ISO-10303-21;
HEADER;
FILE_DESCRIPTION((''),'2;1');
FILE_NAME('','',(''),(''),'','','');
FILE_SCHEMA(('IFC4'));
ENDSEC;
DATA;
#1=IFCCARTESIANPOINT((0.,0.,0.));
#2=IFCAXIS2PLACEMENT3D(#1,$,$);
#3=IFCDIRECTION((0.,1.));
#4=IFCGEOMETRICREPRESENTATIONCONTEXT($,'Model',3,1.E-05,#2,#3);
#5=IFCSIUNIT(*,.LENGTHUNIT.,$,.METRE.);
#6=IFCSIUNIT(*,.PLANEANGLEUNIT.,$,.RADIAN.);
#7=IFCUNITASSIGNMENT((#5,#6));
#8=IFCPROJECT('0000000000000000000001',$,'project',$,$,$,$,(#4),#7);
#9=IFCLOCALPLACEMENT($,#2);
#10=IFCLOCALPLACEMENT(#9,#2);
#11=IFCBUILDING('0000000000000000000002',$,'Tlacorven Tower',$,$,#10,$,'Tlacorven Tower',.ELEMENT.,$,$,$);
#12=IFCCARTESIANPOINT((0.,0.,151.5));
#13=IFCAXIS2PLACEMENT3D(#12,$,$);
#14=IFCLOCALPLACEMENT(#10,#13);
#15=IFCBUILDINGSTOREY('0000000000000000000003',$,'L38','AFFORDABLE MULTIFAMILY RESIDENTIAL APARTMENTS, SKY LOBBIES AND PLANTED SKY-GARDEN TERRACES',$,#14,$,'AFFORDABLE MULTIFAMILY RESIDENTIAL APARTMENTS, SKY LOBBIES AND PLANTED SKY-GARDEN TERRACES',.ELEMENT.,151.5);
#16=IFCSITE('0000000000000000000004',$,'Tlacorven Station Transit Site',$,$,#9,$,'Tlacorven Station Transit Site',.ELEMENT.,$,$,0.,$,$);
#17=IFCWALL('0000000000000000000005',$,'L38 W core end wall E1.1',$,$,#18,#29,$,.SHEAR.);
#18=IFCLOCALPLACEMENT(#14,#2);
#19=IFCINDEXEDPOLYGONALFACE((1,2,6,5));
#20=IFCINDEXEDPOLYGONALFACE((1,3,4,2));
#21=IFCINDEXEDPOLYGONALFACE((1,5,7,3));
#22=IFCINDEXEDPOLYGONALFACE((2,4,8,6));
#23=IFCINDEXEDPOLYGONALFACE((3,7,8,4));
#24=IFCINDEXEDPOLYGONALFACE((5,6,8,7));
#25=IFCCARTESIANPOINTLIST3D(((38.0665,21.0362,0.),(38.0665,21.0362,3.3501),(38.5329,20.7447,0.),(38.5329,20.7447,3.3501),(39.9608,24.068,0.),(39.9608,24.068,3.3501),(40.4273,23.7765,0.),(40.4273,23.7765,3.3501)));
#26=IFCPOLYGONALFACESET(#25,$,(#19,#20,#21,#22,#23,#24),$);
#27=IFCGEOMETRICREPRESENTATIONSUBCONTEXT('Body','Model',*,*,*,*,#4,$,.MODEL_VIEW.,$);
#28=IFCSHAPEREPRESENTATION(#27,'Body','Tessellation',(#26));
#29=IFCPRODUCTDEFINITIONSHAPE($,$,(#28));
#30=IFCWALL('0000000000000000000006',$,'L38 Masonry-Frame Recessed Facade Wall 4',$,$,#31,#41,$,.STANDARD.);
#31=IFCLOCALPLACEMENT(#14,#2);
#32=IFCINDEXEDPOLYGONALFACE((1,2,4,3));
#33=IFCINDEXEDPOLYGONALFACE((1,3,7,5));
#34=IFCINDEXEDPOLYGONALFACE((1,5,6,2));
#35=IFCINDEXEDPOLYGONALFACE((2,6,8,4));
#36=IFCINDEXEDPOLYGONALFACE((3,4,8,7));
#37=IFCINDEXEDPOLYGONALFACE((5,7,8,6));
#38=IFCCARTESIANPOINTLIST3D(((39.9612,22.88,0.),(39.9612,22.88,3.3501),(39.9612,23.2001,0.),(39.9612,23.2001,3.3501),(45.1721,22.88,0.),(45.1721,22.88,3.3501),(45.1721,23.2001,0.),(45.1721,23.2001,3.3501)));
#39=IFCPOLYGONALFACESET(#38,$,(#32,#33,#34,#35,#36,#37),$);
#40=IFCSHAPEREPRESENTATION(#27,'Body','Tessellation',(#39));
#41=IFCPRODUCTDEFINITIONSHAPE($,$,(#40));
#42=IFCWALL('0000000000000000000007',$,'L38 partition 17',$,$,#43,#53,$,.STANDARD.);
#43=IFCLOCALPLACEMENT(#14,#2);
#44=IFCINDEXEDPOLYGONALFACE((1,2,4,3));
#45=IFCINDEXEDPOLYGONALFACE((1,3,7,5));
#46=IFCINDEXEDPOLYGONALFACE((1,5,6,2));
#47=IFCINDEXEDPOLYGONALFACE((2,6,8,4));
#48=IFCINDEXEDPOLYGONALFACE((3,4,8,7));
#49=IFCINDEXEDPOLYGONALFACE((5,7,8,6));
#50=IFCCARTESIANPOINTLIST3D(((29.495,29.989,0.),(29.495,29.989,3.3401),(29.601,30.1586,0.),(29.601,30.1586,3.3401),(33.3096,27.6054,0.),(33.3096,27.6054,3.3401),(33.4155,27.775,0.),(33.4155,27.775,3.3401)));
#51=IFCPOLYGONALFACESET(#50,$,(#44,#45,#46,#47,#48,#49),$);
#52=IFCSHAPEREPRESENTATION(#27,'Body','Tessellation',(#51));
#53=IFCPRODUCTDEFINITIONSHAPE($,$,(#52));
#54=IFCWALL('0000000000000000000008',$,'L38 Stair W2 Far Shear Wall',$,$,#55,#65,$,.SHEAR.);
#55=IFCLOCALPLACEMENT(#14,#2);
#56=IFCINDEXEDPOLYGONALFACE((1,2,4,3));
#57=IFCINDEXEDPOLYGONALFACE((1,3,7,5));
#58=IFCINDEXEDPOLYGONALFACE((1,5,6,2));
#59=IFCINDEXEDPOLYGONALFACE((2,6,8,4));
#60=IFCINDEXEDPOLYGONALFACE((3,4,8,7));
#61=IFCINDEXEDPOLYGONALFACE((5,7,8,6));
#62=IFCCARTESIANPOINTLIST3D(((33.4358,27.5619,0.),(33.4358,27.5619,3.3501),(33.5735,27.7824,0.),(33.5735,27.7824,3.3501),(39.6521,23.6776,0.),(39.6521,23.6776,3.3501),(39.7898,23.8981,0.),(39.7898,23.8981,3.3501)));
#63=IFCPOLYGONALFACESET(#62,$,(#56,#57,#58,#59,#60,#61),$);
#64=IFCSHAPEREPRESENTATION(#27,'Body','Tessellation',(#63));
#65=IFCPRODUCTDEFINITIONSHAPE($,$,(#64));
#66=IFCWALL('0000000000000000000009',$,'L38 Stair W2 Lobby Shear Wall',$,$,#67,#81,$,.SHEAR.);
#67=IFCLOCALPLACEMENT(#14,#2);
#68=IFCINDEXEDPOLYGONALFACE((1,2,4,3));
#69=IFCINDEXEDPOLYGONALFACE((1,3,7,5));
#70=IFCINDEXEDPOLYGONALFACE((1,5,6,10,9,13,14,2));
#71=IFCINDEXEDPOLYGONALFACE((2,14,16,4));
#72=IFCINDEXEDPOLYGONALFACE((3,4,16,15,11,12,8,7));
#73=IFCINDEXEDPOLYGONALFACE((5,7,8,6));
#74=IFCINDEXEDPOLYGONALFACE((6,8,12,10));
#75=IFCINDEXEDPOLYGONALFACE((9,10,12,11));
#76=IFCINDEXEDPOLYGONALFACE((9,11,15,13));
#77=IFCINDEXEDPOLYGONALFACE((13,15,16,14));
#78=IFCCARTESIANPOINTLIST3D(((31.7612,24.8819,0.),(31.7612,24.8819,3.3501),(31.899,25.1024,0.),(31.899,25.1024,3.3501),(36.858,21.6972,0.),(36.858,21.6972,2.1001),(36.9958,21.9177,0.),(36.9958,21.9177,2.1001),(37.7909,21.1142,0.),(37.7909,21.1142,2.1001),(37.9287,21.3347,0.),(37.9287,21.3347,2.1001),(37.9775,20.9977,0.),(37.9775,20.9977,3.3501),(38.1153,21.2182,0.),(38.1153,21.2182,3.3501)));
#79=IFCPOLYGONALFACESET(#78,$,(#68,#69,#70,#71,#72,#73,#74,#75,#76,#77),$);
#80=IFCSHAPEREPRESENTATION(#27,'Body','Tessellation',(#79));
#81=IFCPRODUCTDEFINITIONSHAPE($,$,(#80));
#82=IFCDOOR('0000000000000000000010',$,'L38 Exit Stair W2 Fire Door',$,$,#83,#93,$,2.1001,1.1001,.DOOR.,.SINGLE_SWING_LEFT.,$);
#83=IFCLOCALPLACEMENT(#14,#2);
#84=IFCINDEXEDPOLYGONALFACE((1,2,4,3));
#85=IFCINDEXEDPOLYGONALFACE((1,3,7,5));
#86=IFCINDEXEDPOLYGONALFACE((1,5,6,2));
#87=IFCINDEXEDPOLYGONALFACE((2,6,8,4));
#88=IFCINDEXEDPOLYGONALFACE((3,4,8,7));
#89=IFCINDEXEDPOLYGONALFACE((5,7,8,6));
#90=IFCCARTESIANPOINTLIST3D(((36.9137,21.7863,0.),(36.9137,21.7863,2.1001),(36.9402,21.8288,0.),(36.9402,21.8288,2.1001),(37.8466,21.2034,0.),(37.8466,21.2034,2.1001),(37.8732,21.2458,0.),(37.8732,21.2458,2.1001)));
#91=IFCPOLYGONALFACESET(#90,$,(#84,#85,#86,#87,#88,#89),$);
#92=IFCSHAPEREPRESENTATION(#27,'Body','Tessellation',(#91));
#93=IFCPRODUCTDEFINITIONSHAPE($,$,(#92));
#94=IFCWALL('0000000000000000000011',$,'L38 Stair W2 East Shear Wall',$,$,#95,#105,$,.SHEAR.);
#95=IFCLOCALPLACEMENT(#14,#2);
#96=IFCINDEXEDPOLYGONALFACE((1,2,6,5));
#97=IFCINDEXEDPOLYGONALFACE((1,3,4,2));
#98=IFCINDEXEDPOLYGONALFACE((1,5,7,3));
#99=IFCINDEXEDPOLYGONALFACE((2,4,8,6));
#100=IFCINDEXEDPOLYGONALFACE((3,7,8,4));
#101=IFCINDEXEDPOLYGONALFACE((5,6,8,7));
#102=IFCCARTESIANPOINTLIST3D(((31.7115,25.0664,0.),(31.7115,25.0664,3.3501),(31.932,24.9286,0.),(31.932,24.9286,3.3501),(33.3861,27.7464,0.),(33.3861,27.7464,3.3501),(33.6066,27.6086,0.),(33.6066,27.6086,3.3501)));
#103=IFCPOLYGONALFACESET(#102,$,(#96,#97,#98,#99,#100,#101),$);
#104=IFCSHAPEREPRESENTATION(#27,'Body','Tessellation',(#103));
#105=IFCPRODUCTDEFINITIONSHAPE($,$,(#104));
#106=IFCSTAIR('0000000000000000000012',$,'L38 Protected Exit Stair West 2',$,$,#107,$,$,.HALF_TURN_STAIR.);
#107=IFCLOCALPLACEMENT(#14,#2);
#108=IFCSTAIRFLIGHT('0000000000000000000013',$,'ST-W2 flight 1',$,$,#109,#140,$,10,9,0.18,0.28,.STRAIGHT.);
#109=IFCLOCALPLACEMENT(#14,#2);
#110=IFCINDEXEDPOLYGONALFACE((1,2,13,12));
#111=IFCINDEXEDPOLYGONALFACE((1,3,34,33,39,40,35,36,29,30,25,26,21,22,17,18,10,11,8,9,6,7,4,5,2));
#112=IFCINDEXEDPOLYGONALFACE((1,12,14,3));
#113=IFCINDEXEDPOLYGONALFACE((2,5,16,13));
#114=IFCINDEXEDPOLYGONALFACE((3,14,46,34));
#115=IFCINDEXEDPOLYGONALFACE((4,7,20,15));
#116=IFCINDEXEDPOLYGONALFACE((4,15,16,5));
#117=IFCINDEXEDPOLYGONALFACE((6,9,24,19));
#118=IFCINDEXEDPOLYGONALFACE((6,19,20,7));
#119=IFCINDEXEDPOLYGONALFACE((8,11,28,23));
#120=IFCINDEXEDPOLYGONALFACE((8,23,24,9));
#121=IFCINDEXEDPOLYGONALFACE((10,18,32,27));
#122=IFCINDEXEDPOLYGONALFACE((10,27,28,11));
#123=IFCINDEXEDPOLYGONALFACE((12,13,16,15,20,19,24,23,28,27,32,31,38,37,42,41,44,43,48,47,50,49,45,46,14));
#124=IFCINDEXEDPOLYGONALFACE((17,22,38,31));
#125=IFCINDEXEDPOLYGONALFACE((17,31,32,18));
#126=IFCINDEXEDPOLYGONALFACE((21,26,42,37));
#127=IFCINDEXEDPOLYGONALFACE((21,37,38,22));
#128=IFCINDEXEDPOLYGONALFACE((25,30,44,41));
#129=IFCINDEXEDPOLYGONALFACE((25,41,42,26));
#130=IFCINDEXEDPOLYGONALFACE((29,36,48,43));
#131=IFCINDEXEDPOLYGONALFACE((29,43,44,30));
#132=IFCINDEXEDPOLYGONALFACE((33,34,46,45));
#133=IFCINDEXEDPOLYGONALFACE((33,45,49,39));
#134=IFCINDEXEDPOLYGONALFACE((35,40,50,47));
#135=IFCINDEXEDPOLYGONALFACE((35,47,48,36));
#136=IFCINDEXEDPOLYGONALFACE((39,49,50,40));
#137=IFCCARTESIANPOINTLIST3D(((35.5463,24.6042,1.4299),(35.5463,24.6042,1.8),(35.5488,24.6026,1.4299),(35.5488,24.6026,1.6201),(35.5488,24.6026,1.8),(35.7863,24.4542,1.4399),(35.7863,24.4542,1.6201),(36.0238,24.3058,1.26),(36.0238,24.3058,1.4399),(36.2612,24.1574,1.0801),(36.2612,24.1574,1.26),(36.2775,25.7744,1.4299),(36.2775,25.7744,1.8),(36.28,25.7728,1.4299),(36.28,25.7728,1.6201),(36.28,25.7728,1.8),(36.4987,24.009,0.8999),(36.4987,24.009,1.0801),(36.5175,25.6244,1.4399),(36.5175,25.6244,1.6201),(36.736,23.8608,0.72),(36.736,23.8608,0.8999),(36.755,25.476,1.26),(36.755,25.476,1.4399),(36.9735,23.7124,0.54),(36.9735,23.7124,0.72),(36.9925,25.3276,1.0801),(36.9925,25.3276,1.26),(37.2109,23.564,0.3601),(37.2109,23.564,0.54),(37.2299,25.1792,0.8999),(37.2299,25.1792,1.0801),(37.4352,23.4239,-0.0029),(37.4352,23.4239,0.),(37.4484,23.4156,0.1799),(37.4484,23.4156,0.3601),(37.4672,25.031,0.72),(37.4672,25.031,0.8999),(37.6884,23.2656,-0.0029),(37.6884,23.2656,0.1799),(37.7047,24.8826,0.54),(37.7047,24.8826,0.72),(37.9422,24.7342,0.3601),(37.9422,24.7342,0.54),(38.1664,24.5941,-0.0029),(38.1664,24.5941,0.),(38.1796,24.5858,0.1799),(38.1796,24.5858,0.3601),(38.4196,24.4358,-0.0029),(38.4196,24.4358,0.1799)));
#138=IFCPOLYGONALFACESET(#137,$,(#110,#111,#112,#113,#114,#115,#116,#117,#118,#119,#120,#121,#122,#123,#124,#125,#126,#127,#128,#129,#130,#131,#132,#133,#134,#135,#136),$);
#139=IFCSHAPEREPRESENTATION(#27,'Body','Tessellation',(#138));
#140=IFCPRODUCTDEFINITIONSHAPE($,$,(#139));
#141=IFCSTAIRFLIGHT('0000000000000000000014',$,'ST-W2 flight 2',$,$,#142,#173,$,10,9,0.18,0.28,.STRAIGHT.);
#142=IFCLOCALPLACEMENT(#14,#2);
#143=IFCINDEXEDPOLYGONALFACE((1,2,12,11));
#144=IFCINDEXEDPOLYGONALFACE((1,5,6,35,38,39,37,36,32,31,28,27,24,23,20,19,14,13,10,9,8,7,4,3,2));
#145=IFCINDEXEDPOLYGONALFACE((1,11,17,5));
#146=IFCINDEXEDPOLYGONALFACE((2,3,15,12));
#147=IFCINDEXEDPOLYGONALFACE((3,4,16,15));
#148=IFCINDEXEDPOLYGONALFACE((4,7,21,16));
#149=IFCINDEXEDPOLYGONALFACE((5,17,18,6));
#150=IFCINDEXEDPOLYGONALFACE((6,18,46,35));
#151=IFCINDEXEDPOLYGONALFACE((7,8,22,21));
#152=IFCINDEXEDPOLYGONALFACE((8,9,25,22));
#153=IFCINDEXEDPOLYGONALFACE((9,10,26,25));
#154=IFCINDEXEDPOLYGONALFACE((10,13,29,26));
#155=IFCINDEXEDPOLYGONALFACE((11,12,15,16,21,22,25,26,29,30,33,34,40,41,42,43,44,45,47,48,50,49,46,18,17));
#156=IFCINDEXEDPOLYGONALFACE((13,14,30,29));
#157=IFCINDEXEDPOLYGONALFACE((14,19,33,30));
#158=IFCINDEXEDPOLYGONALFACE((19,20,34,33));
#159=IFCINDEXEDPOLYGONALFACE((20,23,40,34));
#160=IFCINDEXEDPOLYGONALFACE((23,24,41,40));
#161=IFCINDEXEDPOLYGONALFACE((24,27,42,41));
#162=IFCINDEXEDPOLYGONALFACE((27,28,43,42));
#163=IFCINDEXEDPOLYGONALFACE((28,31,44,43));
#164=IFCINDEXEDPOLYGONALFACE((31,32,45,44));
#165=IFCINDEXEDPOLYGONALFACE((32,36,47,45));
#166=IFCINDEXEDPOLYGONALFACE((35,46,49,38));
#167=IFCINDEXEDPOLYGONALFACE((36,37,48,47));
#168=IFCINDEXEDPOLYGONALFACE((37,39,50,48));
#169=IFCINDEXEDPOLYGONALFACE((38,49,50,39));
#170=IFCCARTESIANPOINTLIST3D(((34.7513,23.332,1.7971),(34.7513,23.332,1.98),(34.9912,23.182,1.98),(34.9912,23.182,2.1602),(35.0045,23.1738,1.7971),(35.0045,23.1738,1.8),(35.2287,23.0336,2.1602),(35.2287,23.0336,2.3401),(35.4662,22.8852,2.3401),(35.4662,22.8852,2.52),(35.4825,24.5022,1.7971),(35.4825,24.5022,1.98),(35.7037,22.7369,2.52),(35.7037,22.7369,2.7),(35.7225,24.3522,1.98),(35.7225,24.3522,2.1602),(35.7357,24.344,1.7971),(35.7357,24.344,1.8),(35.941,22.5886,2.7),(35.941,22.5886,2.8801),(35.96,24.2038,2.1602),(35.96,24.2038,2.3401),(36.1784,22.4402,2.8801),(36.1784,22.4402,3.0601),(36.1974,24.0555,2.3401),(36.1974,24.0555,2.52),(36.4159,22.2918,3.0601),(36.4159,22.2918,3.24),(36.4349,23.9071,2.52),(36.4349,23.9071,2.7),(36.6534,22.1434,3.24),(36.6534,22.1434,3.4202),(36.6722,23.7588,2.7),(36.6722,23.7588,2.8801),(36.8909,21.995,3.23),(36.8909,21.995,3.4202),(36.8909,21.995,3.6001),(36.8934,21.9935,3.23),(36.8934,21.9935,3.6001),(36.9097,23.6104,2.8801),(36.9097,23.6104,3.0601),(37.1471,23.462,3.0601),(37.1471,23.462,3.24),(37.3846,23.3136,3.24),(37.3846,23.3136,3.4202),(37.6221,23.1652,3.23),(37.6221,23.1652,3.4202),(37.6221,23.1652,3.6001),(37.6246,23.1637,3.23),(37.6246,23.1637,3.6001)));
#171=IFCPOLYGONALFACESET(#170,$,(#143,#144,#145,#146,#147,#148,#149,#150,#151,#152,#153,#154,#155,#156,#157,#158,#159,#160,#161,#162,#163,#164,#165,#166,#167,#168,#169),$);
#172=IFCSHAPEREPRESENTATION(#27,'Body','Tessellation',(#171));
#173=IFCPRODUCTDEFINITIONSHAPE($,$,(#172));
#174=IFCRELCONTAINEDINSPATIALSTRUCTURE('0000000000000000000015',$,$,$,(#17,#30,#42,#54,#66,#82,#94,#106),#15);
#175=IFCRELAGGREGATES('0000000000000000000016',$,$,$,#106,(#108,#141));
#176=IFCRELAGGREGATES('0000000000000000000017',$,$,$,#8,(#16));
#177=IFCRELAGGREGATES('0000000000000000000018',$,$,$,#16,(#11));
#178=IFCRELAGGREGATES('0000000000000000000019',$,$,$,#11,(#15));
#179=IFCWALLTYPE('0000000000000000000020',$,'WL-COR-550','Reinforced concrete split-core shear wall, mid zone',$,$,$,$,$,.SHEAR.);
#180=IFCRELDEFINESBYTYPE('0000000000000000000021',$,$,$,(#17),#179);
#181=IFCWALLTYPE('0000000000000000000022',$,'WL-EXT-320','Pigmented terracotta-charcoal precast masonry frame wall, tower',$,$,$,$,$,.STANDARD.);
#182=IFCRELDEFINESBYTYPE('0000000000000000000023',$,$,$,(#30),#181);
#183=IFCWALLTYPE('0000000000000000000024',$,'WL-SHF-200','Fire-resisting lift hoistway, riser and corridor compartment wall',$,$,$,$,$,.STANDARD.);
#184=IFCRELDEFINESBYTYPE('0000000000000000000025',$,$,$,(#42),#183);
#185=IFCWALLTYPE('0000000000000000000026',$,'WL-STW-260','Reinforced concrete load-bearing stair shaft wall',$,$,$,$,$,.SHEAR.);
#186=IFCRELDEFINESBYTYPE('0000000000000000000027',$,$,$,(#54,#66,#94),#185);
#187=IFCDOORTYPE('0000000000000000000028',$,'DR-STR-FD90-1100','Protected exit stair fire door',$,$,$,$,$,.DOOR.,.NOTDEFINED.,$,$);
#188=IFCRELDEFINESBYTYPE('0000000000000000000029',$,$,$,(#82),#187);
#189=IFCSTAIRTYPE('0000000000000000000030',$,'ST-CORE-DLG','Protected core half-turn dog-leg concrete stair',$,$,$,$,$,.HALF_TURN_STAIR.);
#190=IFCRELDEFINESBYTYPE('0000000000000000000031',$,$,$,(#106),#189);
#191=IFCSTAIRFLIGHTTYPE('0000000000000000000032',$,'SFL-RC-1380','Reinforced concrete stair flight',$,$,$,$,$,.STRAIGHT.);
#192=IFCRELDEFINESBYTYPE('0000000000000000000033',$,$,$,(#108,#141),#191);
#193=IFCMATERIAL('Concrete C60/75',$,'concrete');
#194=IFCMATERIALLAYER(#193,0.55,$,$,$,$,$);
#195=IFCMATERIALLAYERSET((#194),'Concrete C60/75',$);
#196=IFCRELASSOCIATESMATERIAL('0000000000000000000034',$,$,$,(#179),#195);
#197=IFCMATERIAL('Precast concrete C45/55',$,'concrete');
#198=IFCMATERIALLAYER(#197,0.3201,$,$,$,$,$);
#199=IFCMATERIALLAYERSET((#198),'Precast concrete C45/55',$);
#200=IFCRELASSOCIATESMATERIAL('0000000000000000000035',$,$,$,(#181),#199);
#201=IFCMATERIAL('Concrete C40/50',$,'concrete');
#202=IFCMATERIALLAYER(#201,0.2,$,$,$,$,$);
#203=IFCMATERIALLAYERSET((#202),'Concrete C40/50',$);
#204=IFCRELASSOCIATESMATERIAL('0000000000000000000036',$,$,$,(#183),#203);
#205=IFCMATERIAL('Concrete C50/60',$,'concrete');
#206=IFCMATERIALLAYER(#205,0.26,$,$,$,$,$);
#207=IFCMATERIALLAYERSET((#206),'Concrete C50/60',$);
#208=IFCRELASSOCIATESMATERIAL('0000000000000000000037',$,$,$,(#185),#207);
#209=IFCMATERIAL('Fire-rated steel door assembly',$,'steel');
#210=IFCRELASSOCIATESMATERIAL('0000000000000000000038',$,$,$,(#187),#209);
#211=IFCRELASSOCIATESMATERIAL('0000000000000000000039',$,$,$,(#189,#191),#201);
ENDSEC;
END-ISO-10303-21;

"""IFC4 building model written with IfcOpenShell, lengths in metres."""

from ifc_helpers import new_model, si_unit, direction, frame, frame_2d, origin, place, context, subcontext, project, spatial, polyline, rectangle, outline, extrude, source, transform, mapped, material, layer, layer_set, type_object, element, fill, aggregate, save


model = new_model("IFC4")

# Units and contexts
model_context = context("Model", 3, precision=1e-05, world=origin(), true_north=direction((0.0, 1.0)))
body_context = subcontext(model_context, "Body", "Model", "MODEL_VIEW")
ifc_project = project(units=[si_unit("LENGTHUNIT", "METRE"), si_unit("PLANEANGLEUNIT", "RADIAN")], contexts=[model_context])

# Site, building, storey
site_placement = place(None, origin())
site = spatial("IfcSite", under=ifc_project, at=site_placement, Name="Tlacorven Station Transit Site", LongName="Tlacorven Station Transit Site", CompositionType="ELEMENT", RefElevation=0.0)
building_placement = place(site_placement, origin())
building = spatial("IfcBuilding", under=site, at=building_placement, Name="Tlacorven Tower", LongName="Tlacorven Tower", CompositionType="ELEMENT")
storey_placement = place(building_placement, frame((0.0, 0.0, 151.5)))
storey = spatial("IfcBuildingStorey", under=building, at=storey_placement, Name="L38", Description="AFFORDABLE MULTIFAMILY RESIDENTIAL APARTMENTS, SKY LOBBIES AND PLANTED SKY-GARDEN TERRACES", LongName="AFFORDABLE MULTIFAMILY RESIDENTIAL APARTMENTS, SKY LOBBIES AND PLANTED SKY-GARDEN TERRACES", CompositionType="ELEMENT", Elevation=151.5)

# Shared definitions
ifc_material_1 = material(Name="Concrete C60/75", Category="concrete")

# Walls
ifc_layer_1 = layer(ifc_material_1, 0.55)
ifc_layer_set_1 = layer_set([ifc_layer_1], Name="Concrete C60/75")
wall_type_1 = type_object("IfcWallType", Name="WL-COR-550", Description="Reinforced concrete split-core shear wall, mid zone", PredefinedType="SHEAR", material=ifc_layer_set_1)
wall_1_placement = place(storey_placement, frame((40.1941, 23.9224, 0.0), z_axis=(0.0, 0.0, 1.0), x_axis=(-0.529888, -0.848067, 0.0)))
element("IfcWall", 1, at=wall_1_placement, inside=storey, type_object=wall_type_1, Name="L38 W core end wall E1.1", PredefinedType="SHEAR", context=body_context, shape_type="SweptSolid", body=[
    extrude(rectangle(XDim=3.575, YDim=0.55, at=frame_2d((1.7876, 0.0))), origin(), (0.0, 0.0, 1.0), 3.3501),
])
ifc_material_2 = material(Name="Precast concrete C45/55", Category="concrete")
ifc_layer_2 = layer(ifc_material_2, 0.3201)
ifc_layer_set_2 = layer_set([ifc_layer_2], Name="Precast concrete C45/55")
wall_type_2 = type_object("IfcWallType", Name="WL-EXT-320", Description="Pigmented terracotta-charcoal precast masonry frame wall, tower", PredefinedType="STANDARD", material=ifc_layer_set_2)
wall_2_placement = place(storey_placement, frame((39.9612, 23.04, 0.0), z_axis=(0.0, 0.0, 1.0), x_axis=(1.0, 0.0, 0.0)))
element("IfcWall", 2, at=wall_2_placement, inside=storey, type_object=wall_type_2, Name="L38 Masonry-Frame Recessed Facade Wall 4", PredefinedType="STANDARD", context=body_context, shape_type="SweptSolid", body=[
    extrude(rectangle(XDim=5.2109, YDim=0.3201, at=frame_2d((2.6055, 0.0))), origin(), (0.0, 0.0, 1.0), 3.3501),
])
ifc_material_3 = material(Name="Concrete C40/50", Category="concrete")
ifc_layer_3 = layer(ifc_material_3, 0.2)
ifc_layer_set_3 = layer_set([ifc_layer_3], Name="Concrete C40/50")
wall_type_3 = type_object("IfcWallType", Name="WL-SHF-200", Description="Fire-resisting lift hoistway, riser and corridor compartment wall", PredefinedType="STANDARD", material=ifc_layer_set_3)
wall_3_placement = place(storey_placement, frame((33.3625, 27.6902, 0.0), z_axis=(0.0, 0.0, 1.0), x_axis=(-0.848047, 0.529921, 0.0)))
element("IfcWall", 3, at=wall_3_placement, inside=storey, type_object=wall_type_3, Name="L38 partition 17", PredefinedType="STANDARD", context=body_context, shape_type="SweptSolid", body=[
    extrude(rectangle(XDim=4.498, YDim=0.2, at=frame_2d((2.249, 0.0))), origin(), (0.0, 0.0, 1.0), 3.3401),
])

# Shared definitions
ifc_material_4 = material(Name="Fire-rated steel door assembly", Category="steel")

# Wall
ifc_material_5 = material(Name="Concrete C50/60", Category="concrete")
ifc_layer_4 = layer(ifc_material_5, 0.26)
ifc_layer_set_4 = layer_set([ifc_layer_4], Name="Concrete C50/60")
wall_type_4 = type_object("IfcWallType", Name="WL-STW-260", Description="Reinforced concrete load-bearing stair shaft wall", PredefinedType="SHEAR", material=ifc_layer_set_4)
wall_4_placement = place(storey_placement, frame((39.7209, 23.7878, 0.0), z_axis=(0.0, 0.0, 1.0), x_axis=(-0.848054, 0.529909, 0.0)))
element("IfcWall", 4, at=wall_4_placement, inside=storey, type_object=wall_type_4, Name="L38 Stair W2 Far Shear Wall", PredefinedType="SHEAR", context=body_context, shape_type="SweptSolid", body=[
    extrude(rectangle(XDim=7.3301, YDim=0.26, at=frame_2d((3.665, 0.0))), origin(), (0.0, 0.0, 1.0), 3.3501),
])

# Wall, opening, door
wall_5_placement = place(storey_placement, frame((38.0464, 21.1079, 0.0), z_axis=(0.0, 0.0, 1.0), x_axis=(-0.848054, 0.529909, 0.0)))
wall_5 = element("IfcWall", 5, at=wall_5_placement, inside=storey, type_object=wall_type_4, Name="L38 Stair W2 Lobby Shear Wall", PredefinedType="SHEAR", context=body_context, shape_type="SweptSolid", body=[
    extrude(rectangle(XDim=7.3301, YDim=0.26, at=frame_2d((3.665, 0.0))), origin(), (0.0, 0.0, 1.0), 3.3501),
])
opening_1_placement = place(wall_5_placement, frame((0.22, 0.0, 0.0)))
opening_1 = element("IfcOpeningElement", 6, at=opening_1_placement, cuts=wall_5, PredefinedType="OPENING", context=body_context, shape_type="SweptSolid", body=[
    extrude(rectangle(XDim=1.1001, YDim=2.1001, at=frame_2d((0.55, 1.05))), frame((0.0, 0.1401, 0.0), z_axis=(0.0, -1.0, 0.0), x_axis=(1.0, 0.0, 0.0)), (0.0, 0.0, 1.0), 0.28),
])
door_type_1 = type_object("IfcDoorType", Name="DR-STR-FD90-1100", Description="Protected exit stair fire door", OperationType="NOTDEFINED", PredefinedType="DOOR", material=ifc_material_4)
shared_shape_1 = source(origin(), body_context, "Body", "SweptSolid", [
    extrude(rectangle(XDim=1.1001, YDim=2.1001, at=frame_2d((0.55, 1.05))), frame((0.0, 0.0249, 0.0), z_axis=(0.0, -1.0, 0.0), x_axis=(1.0, 0.0, 0.0)), (0.0, 0.0, 1.0), 0.05),
])
door_1_placement = place(opening_1_placement, origin())
door_1 = element("IfcDoor", 7, at=door_1_placement, inside=storey, type_object=door_type_1, Name="L38 Exit Stair W2 Fire Door", OperationType="SINGLE_SWING_LEFT", OverallHeight=2.1001, OverallWidth=1.1001, PredefinedType="DOOR", context=body_context, shape_type="MappedRepresentation", body=[
    mapped(shared_shape_1, transform((0.0, 0.0, 0.0), scale=1.0)),
])
fill(opening_1, door_1)

# Wall
wall_6_placement = place(storey_placement, frame((33.4963, 27.6775, 0.0), z_axis=(0.0, 0.0, 1.0), x_axis=(-0.529909, -0.848055, 0.0)))
element("IfcWall", 8, at=wall_6_placement, inside=storey, type_object=wall_type_4, Name="L38 Stair W2 East Shear Wall", PredefinedType="SHEAR", context=body_context, shape_type="SweptSolid", body=[
    extrude(rectangle(XDim=3.1602, YDim=0.26, at=frame_2d((1.5801, 0.0))), origin(), (0.0, 0.0, 1.0), 3.3501),
])

# Stair, stair flights
stair_type = type_object("IfcStairType", Name="ST-CORE-DLG", Description="Protected core half-turn dog-leg concrete stair", PredefinedType="HALF_TURN_STAIR", material=ifc_material_3)
stair_placement = place(storey_placement, origin())
stair = element("IfcStair", 9, at=stair_placement, inside=storey, type_object=stair_type, Name="L38 Protected Exit Stair West 2", PredefinedType="HALF_TURN_STAIR")
stair_flight_type = type_object("IfcStairFlightType", Name="SFL-RC-1380", Description="Reinforced concrete stair flight", PredefinedType="STRAIGHT", material=ifc_material_3)
shared_shape_2 = source(origin(), body_context, "Body", "SweptSolid", [
    extrude(outline(polyline([(-0.0029, -0.0029), (-0.0029, 0.1799), (0.28, 0.1799), (0.28, 0.3601), (0.5601, 0.3601), (0.5601, 0.54), (0.8401, 0.54), (0.8401, 0.72), (1.1201, 0.72), (1.1201, 0.8999), (1.3999, 0.8999), (1.3999, 1.0801), (1.6799, 1.0801), (1.6799, 1.26), (1.96, 1.26), (1.96, 1.4399), (2.24, 1.4399), (2.24, 1.6201), (2.52, 1.6201), (2.52, 1.8), (2.5229, 1.8), (2.5229, 1.4299), (2.52, 1.4299), (0.2957, 0.0), (0.2957, -0.0029), (-0.0029, -0.0029)])), frame((0.0, 0.6899, 0.0), z_axis=(0.0, -1.0, 0.0), x_axis=(1.0, 0.0, 0.0)), (0.0, 0.0, 1.0), 1.3799),
])
stair_flight_1_placement = place(storey_placement, frame((38.0515, 23.8523, 0.0), z_axis=(0.0, 0.0, 1.0), x_axis=(-0.848048, 0.529919, 0.0)))
stair_flight_1 = element("IfcStairFlight", 10, at=stair_flight_1_placement, type_object=stair_flight_type, Name="ST-W2 flight 1", NumberOfRisers=10, NumberOfTreads=9, PredefinedType="STRAIGHT", RiserHeight=0.18, TreadLength=0.28, context=body_context, shape_type="MappedRepresentation", body=[
    mapped(shared_shape_2, transform((0.0, 0.0, 0.0), scale=1.0)),
])
stair_flight_2_placement = place(storey_placement, frame((35.1194, 23.9155, 1.8), z_axis=(0.0, 0.0, 1.0), x_axis=(0.848048, -0.529919, 0.0)))
stair_flight_2 = element("IfcStairFlight", 11, at=stair_flight_2_placement, type_object=stair_flight_type, Name="ST-W2 flight 2", NumberOfRisers=10, NumberOfTreads=9, PredefinedType="STRAIGHT", RiserHeight=0.18, TreadLength=0.28, context=body_context, shape_type="MappedRepresentation", body=[
    mapped(shared_shape_2, transform((0.0, 0.0, 0.0), scale=1.0)),
])
aggregate(stair, [stair_flight_1, stair_flight_2])

save(model, "model.ifc")
